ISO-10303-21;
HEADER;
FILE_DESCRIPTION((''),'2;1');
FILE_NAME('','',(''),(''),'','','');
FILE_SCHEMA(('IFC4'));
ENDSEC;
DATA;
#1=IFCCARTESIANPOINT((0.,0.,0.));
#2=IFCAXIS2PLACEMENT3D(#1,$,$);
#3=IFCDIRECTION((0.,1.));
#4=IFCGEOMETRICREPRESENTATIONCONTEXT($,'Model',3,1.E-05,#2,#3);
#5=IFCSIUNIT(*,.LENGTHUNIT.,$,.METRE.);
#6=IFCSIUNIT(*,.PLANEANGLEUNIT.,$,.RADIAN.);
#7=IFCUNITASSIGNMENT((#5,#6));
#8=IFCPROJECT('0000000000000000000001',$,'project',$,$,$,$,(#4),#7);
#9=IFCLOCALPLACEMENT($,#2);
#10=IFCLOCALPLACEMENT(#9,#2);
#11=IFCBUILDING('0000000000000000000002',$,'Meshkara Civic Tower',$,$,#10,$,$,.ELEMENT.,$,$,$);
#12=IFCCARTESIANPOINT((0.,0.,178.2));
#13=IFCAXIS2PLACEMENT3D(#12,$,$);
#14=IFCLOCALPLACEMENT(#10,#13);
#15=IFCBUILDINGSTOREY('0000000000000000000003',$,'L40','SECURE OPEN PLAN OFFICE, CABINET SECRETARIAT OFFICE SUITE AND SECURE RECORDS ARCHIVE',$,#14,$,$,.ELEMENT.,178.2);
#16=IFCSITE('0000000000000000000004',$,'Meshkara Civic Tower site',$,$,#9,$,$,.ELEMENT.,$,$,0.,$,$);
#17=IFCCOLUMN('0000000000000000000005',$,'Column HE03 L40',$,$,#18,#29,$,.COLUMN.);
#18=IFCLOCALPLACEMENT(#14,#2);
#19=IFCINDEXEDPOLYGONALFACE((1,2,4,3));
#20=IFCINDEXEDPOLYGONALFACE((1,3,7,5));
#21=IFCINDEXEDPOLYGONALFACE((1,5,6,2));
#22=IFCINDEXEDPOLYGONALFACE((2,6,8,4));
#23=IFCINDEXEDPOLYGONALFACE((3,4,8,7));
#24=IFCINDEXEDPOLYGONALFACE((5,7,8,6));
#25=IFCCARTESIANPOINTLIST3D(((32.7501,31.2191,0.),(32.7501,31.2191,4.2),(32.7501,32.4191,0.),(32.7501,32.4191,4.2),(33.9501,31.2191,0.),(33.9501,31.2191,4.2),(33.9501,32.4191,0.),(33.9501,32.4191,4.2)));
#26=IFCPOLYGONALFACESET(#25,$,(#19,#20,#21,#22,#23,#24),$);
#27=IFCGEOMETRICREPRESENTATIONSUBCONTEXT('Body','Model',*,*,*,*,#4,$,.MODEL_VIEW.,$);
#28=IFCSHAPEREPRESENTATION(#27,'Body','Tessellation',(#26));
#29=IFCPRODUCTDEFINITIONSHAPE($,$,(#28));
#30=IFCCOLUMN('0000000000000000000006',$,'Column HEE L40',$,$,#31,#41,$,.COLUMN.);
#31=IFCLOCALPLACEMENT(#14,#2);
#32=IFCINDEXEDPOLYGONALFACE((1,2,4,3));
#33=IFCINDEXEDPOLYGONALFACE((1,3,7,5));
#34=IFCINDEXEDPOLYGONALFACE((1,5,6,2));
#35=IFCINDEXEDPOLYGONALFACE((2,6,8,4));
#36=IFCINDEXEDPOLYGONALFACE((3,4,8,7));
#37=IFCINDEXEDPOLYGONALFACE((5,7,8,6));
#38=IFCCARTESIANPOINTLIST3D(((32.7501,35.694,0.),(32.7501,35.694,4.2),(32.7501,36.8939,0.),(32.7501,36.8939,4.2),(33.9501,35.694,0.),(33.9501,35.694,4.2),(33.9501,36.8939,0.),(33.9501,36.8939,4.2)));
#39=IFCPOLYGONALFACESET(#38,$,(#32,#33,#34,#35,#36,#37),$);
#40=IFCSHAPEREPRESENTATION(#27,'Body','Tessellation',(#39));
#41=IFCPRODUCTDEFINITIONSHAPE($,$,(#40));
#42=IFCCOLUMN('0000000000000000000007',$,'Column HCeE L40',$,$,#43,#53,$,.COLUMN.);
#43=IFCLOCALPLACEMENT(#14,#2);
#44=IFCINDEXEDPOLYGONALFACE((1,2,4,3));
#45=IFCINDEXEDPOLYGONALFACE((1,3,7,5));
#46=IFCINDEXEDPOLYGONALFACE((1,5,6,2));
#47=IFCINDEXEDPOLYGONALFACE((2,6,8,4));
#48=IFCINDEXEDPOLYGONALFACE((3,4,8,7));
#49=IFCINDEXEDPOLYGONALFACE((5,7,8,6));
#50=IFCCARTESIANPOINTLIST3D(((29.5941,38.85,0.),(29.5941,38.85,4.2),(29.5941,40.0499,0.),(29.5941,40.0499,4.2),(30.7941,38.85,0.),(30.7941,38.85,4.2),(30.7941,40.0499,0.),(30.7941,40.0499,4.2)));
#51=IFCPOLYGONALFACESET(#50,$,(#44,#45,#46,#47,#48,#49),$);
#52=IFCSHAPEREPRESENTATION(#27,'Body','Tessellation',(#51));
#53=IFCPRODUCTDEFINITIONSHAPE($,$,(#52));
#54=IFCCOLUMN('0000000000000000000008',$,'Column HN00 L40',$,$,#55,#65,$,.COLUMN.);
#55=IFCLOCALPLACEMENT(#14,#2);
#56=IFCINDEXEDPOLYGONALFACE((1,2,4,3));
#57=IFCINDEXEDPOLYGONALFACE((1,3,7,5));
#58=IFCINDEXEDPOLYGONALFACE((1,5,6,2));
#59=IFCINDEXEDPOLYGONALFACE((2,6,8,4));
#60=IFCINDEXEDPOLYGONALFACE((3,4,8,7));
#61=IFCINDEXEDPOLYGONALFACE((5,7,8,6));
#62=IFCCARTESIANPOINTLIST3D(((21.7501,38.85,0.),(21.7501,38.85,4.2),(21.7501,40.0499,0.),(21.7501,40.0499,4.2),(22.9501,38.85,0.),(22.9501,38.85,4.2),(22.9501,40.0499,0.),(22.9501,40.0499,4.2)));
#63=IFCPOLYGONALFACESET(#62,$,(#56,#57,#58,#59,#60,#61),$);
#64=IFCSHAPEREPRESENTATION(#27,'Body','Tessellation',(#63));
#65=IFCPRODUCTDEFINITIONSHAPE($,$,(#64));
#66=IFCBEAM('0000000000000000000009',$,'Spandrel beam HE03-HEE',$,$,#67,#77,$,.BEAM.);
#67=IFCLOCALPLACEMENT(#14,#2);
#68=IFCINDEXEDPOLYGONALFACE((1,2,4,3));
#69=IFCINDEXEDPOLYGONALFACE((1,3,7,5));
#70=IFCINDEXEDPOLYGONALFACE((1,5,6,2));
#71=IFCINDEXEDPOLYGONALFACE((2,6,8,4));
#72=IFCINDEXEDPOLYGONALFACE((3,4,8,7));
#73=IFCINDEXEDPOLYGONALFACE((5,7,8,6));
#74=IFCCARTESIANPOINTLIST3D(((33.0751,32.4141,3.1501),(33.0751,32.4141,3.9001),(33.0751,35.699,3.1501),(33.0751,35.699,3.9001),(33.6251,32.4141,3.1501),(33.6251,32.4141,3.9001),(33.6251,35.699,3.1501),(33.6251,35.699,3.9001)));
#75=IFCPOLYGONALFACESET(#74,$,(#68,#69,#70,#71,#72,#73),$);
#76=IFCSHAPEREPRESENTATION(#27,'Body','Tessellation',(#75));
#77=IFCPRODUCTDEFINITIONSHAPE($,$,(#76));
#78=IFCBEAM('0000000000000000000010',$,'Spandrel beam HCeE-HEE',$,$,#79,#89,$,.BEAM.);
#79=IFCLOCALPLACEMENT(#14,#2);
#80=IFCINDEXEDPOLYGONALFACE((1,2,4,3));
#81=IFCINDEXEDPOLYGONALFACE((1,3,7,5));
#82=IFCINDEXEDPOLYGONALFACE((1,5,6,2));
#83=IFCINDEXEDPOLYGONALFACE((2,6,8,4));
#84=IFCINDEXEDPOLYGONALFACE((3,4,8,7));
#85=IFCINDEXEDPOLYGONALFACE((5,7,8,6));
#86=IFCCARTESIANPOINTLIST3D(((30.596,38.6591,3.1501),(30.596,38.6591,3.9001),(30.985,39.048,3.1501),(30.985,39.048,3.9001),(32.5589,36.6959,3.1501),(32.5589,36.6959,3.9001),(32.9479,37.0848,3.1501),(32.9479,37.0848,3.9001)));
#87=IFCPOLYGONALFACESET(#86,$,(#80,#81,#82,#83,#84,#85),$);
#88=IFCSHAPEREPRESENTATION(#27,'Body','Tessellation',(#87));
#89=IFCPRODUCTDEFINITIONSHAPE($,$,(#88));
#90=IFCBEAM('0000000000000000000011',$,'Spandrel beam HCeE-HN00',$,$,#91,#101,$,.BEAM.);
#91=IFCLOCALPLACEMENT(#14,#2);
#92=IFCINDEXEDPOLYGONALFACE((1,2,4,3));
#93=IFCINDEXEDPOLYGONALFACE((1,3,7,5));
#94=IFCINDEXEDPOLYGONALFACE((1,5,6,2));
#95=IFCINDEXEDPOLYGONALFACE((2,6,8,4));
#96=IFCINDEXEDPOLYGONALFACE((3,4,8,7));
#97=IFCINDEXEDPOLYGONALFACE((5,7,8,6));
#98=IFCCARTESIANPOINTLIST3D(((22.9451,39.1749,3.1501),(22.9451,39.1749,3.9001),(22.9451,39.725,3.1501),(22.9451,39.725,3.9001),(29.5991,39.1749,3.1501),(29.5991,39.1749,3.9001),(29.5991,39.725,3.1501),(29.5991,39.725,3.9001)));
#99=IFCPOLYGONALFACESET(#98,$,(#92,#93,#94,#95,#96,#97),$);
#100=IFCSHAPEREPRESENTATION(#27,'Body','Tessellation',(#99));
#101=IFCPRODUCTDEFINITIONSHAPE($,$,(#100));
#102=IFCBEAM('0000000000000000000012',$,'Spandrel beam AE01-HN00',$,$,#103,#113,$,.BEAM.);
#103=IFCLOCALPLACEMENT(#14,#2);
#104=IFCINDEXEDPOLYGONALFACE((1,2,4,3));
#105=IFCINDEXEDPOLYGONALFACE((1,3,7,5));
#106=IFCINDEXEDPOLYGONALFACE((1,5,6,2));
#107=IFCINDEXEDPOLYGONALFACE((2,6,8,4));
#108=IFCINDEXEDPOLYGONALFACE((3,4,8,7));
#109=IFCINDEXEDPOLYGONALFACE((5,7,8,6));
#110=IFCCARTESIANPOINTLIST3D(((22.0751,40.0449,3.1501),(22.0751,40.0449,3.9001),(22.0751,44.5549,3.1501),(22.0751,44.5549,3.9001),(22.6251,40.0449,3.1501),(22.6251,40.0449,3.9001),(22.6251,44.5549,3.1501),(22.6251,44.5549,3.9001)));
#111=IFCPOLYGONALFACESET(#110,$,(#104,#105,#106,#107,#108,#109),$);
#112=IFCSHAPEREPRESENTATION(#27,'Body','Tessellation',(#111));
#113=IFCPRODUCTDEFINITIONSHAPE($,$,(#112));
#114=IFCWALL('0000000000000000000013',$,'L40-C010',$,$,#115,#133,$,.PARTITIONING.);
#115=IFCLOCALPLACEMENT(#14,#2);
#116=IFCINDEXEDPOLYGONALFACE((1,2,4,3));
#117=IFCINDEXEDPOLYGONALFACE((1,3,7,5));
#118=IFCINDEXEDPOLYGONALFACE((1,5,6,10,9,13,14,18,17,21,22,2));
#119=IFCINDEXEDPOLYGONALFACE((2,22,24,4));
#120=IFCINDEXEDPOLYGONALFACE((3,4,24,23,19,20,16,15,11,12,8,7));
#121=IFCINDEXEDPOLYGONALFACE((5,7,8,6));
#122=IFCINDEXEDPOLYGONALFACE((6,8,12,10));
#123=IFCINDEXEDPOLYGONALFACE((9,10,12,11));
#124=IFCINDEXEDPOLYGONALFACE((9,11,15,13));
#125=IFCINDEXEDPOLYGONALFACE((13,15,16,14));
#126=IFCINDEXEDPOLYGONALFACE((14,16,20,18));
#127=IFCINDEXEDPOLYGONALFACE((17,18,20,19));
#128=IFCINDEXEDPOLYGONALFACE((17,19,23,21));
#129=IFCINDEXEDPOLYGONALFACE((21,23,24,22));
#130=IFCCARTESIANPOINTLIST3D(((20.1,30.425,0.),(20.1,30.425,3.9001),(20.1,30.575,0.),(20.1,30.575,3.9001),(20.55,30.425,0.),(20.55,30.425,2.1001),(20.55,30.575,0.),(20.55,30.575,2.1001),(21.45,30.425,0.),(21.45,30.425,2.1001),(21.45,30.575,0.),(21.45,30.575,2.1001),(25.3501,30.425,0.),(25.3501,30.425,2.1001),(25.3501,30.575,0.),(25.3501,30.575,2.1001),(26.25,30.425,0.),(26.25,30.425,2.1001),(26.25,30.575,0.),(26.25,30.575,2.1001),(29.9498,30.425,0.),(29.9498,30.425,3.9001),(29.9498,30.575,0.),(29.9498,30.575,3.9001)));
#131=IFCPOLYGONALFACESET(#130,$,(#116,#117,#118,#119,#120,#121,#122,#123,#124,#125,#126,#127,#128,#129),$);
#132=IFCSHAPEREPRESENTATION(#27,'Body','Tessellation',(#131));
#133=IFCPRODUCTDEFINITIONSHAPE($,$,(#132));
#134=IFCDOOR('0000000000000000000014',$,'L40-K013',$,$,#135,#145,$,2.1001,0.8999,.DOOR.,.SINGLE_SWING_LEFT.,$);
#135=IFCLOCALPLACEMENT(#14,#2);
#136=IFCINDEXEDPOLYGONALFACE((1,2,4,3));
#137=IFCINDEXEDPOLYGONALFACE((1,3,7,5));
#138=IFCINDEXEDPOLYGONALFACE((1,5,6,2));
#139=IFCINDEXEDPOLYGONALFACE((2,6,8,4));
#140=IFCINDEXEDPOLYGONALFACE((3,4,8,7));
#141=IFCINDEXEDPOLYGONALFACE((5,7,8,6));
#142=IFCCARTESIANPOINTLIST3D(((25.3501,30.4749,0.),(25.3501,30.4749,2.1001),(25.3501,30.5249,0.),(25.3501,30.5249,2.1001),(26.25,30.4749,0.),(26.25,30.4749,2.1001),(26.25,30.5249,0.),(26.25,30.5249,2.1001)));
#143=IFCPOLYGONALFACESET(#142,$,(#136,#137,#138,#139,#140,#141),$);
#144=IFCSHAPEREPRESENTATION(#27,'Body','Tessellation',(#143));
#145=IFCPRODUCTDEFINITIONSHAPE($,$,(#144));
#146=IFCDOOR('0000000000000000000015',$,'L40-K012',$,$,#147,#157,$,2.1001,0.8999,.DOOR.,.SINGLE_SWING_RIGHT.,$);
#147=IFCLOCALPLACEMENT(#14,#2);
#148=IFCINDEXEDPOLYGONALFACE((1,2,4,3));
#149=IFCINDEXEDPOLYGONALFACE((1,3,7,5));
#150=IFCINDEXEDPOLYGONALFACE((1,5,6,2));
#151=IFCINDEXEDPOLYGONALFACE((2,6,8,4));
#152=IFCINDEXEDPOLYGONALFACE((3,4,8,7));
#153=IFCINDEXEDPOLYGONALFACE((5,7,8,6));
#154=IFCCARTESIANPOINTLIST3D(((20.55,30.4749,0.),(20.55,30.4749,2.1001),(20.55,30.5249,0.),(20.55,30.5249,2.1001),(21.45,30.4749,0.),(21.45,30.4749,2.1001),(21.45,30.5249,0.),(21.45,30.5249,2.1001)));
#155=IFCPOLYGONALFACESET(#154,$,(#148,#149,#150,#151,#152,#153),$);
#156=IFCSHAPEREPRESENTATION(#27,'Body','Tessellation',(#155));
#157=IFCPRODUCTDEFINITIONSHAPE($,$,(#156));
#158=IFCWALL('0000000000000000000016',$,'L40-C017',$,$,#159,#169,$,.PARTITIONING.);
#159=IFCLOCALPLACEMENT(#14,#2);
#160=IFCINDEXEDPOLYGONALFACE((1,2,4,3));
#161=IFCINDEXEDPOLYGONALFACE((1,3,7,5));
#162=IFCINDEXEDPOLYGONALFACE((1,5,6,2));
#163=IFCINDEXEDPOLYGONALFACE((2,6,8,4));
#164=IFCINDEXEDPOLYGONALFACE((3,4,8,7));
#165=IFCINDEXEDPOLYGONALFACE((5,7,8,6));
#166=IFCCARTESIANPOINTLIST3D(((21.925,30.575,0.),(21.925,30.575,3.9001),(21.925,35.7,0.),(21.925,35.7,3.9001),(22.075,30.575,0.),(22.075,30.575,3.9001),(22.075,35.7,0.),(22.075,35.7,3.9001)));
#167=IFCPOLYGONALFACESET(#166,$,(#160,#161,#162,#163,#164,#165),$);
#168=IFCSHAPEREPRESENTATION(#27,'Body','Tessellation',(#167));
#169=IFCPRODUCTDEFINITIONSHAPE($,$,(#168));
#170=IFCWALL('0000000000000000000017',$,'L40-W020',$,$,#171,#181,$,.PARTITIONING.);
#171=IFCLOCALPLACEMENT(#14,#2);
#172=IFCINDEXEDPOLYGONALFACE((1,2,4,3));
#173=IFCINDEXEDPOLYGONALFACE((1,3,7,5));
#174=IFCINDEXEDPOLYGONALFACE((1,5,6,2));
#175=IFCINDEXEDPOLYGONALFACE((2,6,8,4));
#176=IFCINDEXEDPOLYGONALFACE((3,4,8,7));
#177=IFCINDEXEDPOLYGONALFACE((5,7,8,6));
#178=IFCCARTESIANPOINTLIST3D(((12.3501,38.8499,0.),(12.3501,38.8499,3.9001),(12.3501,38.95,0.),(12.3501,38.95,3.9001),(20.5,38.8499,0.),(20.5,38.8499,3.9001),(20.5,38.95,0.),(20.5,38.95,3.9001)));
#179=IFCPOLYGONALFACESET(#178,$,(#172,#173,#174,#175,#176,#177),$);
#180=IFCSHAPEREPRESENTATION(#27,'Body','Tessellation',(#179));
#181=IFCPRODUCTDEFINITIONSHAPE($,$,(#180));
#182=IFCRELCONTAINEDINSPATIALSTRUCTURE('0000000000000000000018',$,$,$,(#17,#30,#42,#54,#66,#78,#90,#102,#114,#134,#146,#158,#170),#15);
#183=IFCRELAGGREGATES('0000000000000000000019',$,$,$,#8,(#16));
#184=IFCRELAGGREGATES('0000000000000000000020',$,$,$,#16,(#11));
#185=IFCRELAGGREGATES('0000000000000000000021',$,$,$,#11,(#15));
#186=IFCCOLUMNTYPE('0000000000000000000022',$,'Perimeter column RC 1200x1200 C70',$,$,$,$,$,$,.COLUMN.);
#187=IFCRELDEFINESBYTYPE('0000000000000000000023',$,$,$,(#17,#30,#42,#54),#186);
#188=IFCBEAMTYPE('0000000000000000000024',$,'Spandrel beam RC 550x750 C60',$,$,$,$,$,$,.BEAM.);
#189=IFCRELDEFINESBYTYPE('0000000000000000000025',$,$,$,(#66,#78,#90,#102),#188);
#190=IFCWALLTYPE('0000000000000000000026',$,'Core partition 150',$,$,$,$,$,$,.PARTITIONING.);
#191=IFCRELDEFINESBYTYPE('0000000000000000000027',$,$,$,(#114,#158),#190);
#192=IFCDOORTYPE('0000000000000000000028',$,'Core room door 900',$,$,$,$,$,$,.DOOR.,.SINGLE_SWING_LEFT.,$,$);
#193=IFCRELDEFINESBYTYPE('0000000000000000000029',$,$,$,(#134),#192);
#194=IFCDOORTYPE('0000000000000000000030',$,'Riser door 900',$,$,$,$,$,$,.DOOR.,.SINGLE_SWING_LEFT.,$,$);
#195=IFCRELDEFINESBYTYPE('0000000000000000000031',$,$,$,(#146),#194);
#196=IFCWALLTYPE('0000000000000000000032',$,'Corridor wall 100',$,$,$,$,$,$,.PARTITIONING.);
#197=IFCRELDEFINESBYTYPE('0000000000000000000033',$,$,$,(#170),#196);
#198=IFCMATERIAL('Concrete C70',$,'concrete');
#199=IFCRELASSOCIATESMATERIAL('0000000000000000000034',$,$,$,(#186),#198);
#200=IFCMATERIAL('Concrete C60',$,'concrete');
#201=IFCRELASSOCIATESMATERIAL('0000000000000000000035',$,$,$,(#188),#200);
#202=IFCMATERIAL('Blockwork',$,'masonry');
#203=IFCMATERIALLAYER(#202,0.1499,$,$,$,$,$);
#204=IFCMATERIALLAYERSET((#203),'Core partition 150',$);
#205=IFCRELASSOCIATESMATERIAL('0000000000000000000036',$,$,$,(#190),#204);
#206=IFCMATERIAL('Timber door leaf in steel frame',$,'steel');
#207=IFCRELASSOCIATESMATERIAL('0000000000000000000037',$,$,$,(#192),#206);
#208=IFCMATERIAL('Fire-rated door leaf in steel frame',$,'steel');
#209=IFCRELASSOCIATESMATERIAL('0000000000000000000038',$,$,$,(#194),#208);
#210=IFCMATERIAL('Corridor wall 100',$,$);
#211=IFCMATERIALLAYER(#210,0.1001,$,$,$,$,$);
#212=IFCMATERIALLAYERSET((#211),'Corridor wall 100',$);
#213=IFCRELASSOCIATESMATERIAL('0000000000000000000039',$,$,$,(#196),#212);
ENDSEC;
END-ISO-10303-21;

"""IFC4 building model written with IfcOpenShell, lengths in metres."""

from ifc_helpers import new_model, si_unit, direction, frame, frame_2d, origin, origin_2d, place, context, subcontext, project, spatial, rectangle, extrude, material, layer, layer_set, material_profile, profile_set, type_object, element, fill, save


model = new_model("IFC4")

# Units and contexts
model_context = context("Model", 3, precision=1e-05, world=origin(), true_north=direction((0.0, 1.0)))
body_context = subcontext(model_context, "Body", "Model", "MODEL_VIEW")
ifc_project = project(units=[si_unit("LENGTHUNIT", "METRE"), si_unit("PLANEANGLEUNIT", "RADIAN")], contexts=[model_context])

# Site, building, storey
site_placement = place(None, origin())
site = spatial("IfcSite", under=ifc_project, at=site_placement, Name="Meshkara Civic Tower site", CompositionType="ELEMENT", RefElevation=0.0)
building_placement = place(site_placement, origin())
building = spatial("IfcBuilding", under=site, at=building_placement, Name="Meshkara Civic Tower", CompositionType="ELEMENT")
storey_placement = place(building_placement, frame((0.0, 0.0, 178.2)))
storey = spatial("IfcBuildingStorey", under=building, at=storey_placement, Name="L40", Description="SECURE OPEN PLAN OFFICE, CABINET SECRETARIAT OFFICE SUITE AND SECURE RECORDS ARCHIVE", CompositionType="ELEMENT", Elevation=178.2)

# Columns
ifc_material_1 = material(Name="Concrete C70", Category="concrete")
ifc_material_profile_1 = material_profile(ifc_material_1, rectangle(XDim=1.2, YDim=1.2, at=origin_2d()))
ifc_profile_set_1 = profile_set([ifc_material_profile_1], Name="Concrete C70")
column_type = type_object("IfcColumnType", Name="Perimeter column RC 1200x1200 C70", PredefinedType="COLUMN", material=ifc_profile_set_1)
for number, where, z_axis, x_axis, name in (
    (1, (33.3501, 31.8191, 0.0), (0.0, 0.0, 1.0), (1.0, 0.0, 0.0), "Column HE03 L40"),
    (2, (33.3501, 36.2939, 0.0), (0.0, 0.0, 1.0), (1.0, 0.0, 0.0), "Column HEE L40"),
    (3, (30.1941, 39.45, 0.0), (0.0, 0.0, 1.0), (1.0, 0.0, 0.0), "Column HCeE L40"),
    (4, (22.3501, 39.45, 0.0), (0.0, 0.0, 1.0), (1.0, 0.0, 0.0), "Column HN00 L40"),
):
    element("IfcColumn", number, at=place(storey_placement, frame(where, z_axis=z_axis, x_axis=x_axis)), inside=storey, type_object=column_type, Name=name, PredefinedType="COLUMN", context=body_context, shape_type="SweptSolid", body=[
        extrude(rectangle(XDim=1.2, YDim=1.2, at=origin_2d()), origin(), (0.0, 0.0, 1.0), 4.2),
    ])

# Beams
ifc_material_2 = material(Name="Concrete C60", Category="concrete")
ifc_material_profile_2 = material_profile(ifc_material_2, rectangle(XDim=0.55, YDim=0.75, at=origin_2d()))
ifc_profile_set_2 = profile_set([ifc_material_profile_2], Name="Concrete C60")
beam_type = type_object("IfcBeamType", Name="Spandrel beam RC 550x750 C60", PredefinedType="BEAM", material=ifc_profile_set_2)
beam_1_placement = place(storey_placement, frame((33.3501, 32.4141, 3.5251), z_axis=(0.0, 1.0, 0.0), x_axis=(-1.0, 0.0, 0.0)))
element("IfcBeam", 5, at=beam_1_placement, inside=storey, type_object=beam_type, Name="Spandrel beam HE03-HEE", PredefinedType="BEAM", context=body_context, shape_type="SweptSolid", body=[
    extrude(rectangle(XDim=0.55, YDim=0.75, at=origin_2d()), origin(), (0.0, 0.0, 1.0), 3.2849),
])
beam_2_placement = place(storey_placement, frame((32.7534, 36.8904, 3.5251), z_axis=(-0.707063, 0.707151, 0.0), x_axis=(-0.707151, -0.707063, 0.0)))
element("IfcBeam", 6, at=beam_2_placement, inside=storey, type_object=beam_type, Name="Spandrel beam HCeE-HEE", PredefinedType="BEAM", context=body_context, shape_type="SweptSolid", body=[
    extrude(rectangle(XDim=0.55, YDim=0.75, at=origin_2d()), origin(), (0.0, 0.0, 1.0), 2.7761),
])
beam_3_placement = place(storey_placement, frame((29.5991, 39.45, 3.5251), z_axis=(-1.0, 0.0, 0.0), x_axis=(0.0, -1.0, 0.0)))
element("IfcBeam", 7, at=beam_3_placement, inside=storey, type_object=beam_type, Name="Spandrel beam HCeE-HN00", PredefinedType="BEAM", context=body_context, shape_type="SweptSolid", body=[
    extrude(rectangle(XDim=0.55, YDim=0.75, at=origin_2d()), origin(), (0.0, 0.0, 1.0), 6.6541),
])
beam_4_placement = place(storey_placement, frame((22.3501, 40.0449, 3.5251), z_axis=(0.0, 1.0, 0.0), x_axis=(-1.0, 0.0, 0.0)))
element("IfcBeam", 8, at=beam_4_placement, inside=storey, type_object=beam_type, Name="Spandrel beam AE01-HN00", PredefinedType="BEAM", context=body_context, shape_type="SweptSolid", body=[
    extrude(rectangle(XDim=0.55, YDim=0.75, at=origin_2d()), origin(), (0.0, 0.0, 1.0), 4.51),
])

# Wall, openings, doors
ifc_material_3 = material(Name="Blockwork", Category="masonry")
ifc_layer_1 = layer(ifc_material_3, 0.1499)
ifc_layer_set_1 = layer_set([ifc_layer_1], Name="Core partition 150")
wall_type_1 = type_object("IfcWallType", Name="Core partition 150", PredefinedType="PARTITIONING", material=ifc_layer_set_1)
wall_1_placement = place(storey_placement, frame((20.1001, 30.5, 0.0), z_axis=(0.0, 0.0, 1.0), x_axis=(1.0, 0.0, 0.0)))
wall_1 = element("IfcWall", 9, at=wall_1_placement, inside=storey, type_object=wall_type_1, Name="L40-C010", PredefinedType="PARTITIONING", context=body_context, shape_type="SweptSolid", body=[
    extrude(rectangle(XDim=9.8499, YDim=0.1499, at=frame_2d((4.9248, 0.0))), origin(), (0.0, 0.0, 1.0), 3.9001),
])
opening_1_placement = place(wall_1_placement, frame((0.45, 0.0, 0.0)))
opening_1 = element("IfcOpeningElement", 10, at=opening_1_placement, cuts=wall_1, PredefinedType="OPENING", context=body_context, shape_type="SweptSolid", body=[
    extrude(rectangle(XDim=0.8999, YDim=2.1001, at=frame_2d((0.45, 1.05))), frame((0.0, 0.085, 0.0), z_axis=(0.0, -1.0, 0.0), x_axis=(1.0, 0.0, 0.0)), (0.0, 0.0, 1.0), 0.1699),
])
opening_2_placement = place(wall_1_placement, frame((5.25, 0.0, 0.0)))
opening_2 = element("IfcOpeningElement", 11, at=opening_2_placement, cuts=wall_1, PredefinedType="OPENING", context=body_context, shape_type="SweptSolid", body=[
    extrude(rectangle(XDim=0.8999, YDim=2.1001, at=frame_2d((0.45, 1.05))), frame((0.0, 0.085, 0.0), z_axis=(0.0, -1.0, 0.0), x_axis=(1.0, 0.0, 0.0)), (0.0, 0.0, 1.0), 0.1699),
])
ifc_material_4 = material(Name="Timber door leaf in steel frame", Category="steel")
door_type_1 = type_object("IfcDoorType", Name="Core room door 900", OperationType="SINGLE_SWING_LEFT", PredefinedType="DOOR", material=ifc_material_4)
door_1_placement = place(opening_2_placement, origin())
door_1 = element("IfcDoor", 12, at=door_1_placement, inside=storey, type_object=door_type_1, Name="L40-K013", OperationType="SINGLE_SWING_LEFT", OverallHeight=2.1001, OverallWidth=0.8999, PredefinedType="DOOR", context=body_context, shape_type="SweptSolid", body=[
    extrude(rectangle(XDim=0.8999, YDim=2.1001, at=frame_2d((0.45, 1.05))), frame((0.0, 0.0249, 0.0), z_axis=(0.0, -1.0, 0.0), x_axis=(1.0, 0.0, 0.0)), (0.0, 0.0, 1.0), 0.05),
])
fill(opening_2, door_1)
ifc_material_5 = material(Name="Fire-rated door leaf in steel frame", Category="steel")
door_type_2 = type_object("IfcDoorType", Name="Riser door 900", OperationType="SINGLE_SWING_LEFT", PredefinedType="DOOR", material=ifc_material_5)
door_2_placement = place(opening_1_placement, origin())
door_2 = element("IfcDoor", 13, at=door_2_placement, inside=storey, type_object=door_type_2, Name="L40-K012", OperationType="SINGLE_SWING_RIGHT", OverallHeight=2.1001, OverallWidth=0.8999, PredefinedType="DOOR", context=body_context, shape_type="SweptSolid", body=[
    extrude(rectangle(XDim=0.8999, YDim=2.1001, at=frame_2d((0.45, 1.05))), frame((0.0, 0.0249, 0.0), z_axis=(0.0, -1.0, 0.0), x_axis=(1.0, 0.0, 0.0)), (0.0, 0.0, 1.0), 0.05),
])
fill(opening_1, door_2)

# Walls
wall_2_placement = place(storey_placement, frame((22.0, 30.575, 0.0), z_axis=(0.0, 0.0, 1.0), x_axis=(0.0, 1.0, 0.0)))
element("IfcWall", 14, at=wall_2_placement, inside=storey, type_object=wall_type_1, Name="L40-C017", PredefinedType="PARTITIONING", context=body_context, shape_type="SweptSolid", body=[
    extrude(rectangle(XDim=5.125, YDim=0.1499, at=frame_2d((2.5625, 0.0))), origin(), (0.0, 0.0, 1.0), 3.9001),
])
ifc_material_6 = material(Name="Corridor wall 100")
ifc_layer_2 = layer(ifc_material_6, 0.1001)
ifc_layer_set_2 = layer_set([ifc_layer_2], Name="Corridor wall 100")
wall_type_2 = type_object("IfcWallType", Name="Corridor wall 100", PredefinedType="PARTITIONING", material=ifc_layer_set_2)
wall_3_placement = place(storey_placement, frame((20.5, 38.8999, 0.0), z_axis=(0.0, 0.0, 1.0), x_axis=(-1.0, 0.0, 0.0)))
element("IfcWall", 15, at=wall_3_placement, inside=storey, type_object=wall_type_2, Name="L40-W020", PredefinedType="PARTITIONING", context=body_context, shape_type="SweptSolid", body=[
    extrude(rectangle(XDim=8.1499, YDim=0.1001, at=frame_2d((4.075, 0.0))), origin(), (0.0, 0.0, 1.0), 3.9001),
])

save(model, "model.ifc")
